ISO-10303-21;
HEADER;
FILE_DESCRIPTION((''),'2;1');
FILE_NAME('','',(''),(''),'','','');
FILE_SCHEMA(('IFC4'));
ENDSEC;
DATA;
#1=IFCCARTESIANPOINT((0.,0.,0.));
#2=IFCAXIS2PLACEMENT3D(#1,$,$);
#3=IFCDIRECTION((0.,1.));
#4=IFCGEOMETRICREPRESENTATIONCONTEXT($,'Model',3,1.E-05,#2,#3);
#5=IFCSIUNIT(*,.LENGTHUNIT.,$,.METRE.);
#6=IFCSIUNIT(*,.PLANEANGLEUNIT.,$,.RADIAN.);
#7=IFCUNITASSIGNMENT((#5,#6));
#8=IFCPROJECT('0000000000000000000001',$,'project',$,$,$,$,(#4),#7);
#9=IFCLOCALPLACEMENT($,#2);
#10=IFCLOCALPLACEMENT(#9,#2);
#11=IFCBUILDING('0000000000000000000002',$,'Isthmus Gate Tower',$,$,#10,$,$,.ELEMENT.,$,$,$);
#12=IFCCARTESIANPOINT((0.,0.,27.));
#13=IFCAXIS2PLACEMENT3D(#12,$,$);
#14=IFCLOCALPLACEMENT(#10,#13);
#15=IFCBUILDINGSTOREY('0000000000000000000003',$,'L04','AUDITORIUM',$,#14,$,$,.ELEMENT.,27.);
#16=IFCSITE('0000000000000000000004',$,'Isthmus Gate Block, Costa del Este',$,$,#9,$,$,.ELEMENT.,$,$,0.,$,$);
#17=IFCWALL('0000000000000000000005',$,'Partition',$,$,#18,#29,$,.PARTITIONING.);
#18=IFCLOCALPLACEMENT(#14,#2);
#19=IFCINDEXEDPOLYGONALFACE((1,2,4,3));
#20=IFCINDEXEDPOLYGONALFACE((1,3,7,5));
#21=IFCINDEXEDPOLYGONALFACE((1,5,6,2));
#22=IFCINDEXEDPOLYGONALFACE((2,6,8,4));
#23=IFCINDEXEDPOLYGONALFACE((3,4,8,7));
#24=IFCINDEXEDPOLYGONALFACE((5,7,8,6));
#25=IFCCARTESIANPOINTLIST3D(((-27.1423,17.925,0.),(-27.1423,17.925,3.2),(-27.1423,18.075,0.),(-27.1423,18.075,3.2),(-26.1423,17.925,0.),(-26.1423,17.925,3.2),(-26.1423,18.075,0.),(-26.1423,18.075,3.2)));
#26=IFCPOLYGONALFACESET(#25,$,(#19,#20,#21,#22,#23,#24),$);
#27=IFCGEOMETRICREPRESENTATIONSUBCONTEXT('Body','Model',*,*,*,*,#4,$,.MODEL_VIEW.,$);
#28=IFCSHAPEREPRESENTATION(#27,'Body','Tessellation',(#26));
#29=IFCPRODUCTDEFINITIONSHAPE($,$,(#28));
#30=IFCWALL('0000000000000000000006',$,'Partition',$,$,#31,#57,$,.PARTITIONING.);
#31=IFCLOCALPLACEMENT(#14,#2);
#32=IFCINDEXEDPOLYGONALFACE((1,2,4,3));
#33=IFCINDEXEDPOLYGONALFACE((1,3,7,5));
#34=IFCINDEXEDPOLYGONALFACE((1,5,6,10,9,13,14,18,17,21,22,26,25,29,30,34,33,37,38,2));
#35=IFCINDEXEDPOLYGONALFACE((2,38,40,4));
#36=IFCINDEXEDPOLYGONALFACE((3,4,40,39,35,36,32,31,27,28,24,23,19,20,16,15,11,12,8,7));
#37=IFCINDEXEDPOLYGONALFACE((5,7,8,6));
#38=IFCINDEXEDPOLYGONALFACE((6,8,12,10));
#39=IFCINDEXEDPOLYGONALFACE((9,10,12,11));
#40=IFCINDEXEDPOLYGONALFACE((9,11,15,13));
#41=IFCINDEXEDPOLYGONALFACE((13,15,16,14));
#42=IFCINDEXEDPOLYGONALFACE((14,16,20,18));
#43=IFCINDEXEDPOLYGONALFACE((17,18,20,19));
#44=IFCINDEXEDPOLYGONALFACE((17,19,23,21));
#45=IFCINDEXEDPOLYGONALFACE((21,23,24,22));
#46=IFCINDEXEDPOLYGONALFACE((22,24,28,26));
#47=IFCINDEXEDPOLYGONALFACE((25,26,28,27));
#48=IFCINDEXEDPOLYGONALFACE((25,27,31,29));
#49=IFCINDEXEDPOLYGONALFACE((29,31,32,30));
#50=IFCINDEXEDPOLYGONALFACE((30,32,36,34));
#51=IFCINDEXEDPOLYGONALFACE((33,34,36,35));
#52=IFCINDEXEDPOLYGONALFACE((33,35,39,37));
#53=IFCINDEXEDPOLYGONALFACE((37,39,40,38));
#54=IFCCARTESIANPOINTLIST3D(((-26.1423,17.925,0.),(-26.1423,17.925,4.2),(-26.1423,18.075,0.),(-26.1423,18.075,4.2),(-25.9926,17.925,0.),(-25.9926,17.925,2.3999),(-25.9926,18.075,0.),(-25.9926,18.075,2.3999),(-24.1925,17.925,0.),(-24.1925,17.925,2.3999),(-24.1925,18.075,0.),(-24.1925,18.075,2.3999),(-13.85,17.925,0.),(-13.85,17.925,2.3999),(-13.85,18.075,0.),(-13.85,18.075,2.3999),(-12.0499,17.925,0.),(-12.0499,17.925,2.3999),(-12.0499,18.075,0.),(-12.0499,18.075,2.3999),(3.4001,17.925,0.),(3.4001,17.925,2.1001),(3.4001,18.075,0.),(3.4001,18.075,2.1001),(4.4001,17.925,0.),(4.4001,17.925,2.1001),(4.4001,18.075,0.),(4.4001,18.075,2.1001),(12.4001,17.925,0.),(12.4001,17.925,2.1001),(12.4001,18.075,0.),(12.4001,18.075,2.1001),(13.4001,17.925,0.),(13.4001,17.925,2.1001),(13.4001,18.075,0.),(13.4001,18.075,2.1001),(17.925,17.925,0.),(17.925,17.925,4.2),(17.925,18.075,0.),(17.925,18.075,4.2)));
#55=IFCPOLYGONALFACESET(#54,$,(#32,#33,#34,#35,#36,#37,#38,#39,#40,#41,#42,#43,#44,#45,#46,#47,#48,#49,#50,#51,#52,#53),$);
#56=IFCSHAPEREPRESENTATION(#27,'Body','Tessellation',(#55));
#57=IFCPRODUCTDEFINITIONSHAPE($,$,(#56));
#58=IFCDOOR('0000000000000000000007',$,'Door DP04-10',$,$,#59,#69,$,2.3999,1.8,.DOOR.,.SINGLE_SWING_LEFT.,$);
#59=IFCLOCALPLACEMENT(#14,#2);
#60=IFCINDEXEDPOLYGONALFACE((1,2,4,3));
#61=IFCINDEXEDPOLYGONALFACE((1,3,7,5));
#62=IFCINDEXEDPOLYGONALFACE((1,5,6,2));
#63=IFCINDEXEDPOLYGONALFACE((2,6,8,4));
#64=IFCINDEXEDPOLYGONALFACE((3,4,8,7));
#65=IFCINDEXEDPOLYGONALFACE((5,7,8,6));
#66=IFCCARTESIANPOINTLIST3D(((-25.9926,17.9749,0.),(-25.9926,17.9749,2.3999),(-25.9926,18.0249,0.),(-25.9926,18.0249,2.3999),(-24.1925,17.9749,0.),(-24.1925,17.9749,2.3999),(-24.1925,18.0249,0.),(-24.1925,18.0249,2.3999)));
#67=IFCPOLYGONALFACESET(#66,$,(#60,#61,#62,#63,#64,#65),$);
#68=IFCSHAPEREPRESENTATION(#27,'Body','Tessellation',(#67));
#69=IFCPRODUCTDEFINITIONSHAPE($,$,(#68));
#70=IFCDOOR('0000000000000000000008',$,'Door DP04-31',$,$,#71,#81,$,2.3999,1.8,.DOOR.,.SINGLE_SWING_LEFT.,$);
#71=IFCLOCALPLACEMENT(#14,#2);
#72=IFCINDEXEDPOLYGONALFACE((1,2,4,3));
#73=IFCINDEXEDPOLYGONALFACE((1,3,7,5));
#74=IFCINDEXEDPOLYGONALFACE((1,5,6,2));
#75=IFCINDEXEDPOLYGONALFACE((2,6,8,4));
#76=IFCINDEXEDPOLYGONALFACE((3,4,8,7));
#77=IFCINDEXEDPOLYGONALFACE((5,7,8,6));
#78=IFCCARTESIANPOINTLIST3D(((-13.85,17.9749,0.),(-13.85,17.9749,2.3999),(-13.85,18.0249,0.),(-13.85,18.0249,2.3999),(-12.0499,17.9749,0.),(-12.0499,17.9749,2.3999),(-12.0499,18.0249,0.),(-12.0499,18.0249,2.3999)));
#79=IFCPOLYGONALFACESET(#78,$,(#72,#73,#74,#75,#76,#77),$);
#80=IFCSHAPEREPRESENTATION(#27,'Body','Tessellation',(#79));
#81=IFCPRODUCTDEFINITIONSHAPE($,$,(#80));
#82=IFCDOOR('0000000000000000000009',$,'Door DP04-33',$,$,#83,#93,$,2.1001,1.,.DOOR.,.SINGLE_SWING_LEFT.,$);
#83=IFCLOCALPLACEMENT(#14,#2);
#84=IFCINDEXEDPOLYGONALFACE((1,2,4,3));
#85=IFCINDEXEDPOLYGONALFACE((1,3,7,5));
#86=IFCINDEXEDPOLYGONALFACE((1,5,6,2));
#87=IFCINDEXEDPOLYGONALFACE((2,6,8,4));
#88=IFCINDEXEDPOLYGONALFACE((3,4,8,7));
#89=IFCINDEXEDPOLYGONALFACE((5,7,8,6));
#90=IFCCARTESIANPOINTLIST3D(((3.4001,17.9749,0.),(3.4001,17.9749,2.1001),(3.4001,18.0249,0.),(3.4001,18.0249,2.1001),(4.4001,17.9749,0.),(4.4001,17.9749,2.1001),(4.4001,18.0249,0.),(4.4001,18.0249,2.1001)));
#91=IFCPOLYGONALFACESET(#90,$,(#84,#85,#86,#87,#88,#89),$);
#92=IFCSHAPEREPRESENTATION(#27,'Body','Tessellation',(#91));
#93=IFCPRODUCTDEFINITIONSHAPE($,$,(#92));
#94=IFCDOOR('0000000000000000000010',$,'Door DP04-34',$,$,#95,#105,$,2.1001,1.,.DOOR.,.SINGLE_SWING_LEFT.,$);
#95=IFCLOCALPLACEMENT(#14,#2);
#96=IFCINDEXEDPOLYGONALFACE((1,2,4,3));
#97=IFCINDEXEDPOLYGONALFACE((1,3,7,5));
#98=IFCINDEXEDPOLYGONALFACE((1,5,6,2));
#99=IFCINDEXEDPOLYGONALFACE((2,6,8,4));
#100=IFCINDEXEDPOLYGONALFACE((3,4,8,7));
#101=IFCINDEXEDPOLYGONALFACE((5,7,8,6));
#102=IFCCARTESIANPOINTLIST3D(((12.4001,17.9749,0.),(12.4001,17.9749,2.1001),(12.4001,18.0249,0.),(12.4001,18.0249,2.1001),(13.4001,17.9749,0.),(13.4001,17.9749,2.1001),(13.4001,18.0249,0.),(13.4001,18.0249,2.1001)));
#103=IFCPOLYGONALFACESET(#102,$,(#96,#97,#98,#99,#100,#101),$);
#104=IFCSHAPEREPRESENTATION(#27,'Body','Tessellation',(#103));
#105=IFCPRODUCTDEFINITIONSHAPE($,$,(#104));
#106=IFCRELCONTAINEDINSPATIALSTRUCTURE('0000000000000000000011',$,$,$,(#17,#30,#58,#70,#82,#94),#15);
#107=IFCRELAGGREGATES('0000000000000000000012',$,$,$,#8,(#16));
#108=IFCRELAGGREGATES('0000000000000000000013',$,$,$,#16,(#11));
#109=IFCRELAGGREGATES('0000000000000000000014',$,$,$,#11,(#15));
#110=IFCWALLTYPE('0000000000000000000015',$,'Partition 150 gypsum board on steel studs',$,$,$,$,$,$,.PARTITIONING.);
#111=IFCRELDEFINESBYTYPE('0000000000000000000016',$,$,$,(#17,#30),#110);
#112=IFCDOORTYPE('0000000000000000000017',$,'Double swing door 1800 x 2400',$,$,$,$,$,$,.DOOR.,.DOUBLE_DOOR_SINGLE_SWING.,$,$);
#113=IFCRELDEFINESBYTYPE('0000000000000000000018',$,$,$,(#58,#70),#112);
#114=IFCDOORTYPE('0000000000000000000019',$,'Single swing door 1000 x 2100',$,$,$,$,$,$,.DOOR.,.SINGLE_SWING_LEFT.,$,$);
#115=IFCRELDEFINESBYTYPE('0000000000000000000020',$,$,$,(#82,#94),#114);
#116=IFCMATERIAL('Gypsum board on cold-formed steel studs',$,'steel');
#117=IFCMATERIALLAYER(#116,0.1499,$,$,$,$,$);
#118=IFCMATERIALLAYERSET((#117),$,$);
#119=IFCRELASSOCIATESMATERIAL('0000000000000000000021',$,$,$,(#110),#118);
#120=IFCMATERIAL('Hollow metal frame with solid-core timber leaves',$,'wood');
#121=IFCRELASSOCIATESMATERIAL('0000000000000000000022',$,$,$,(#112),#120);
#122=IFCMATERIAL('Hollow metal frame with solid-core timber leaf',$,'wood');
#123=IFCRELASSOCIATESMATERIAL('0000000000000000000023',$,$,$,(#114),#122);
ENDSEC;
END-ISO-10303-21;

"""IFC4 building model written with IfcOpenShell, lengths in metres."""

from ifc_helpers import new_model, si_unit, direction, frame, frame_2d, origin, place, context, subcontext, project, spatial, rectangle, extrude, material, layer, layer_set, type_object, element, fill, save


model = new_model("IFC4")

# Units and contexts
model_context = context("Model", 3, precision=1e-05, world=origin(), true_north=direction((0.0, 1.0)))
body_context = subcontext(model_context, "Body", "Model", "MODEL_VIEW")
ifc_project = project(units=[si_unit("LENGTHUNIT", "METRE"), si_unit("PLANEANGLEUNIT", "RADIAN")], contexts=[model_context])

# Site, building, storey
site_placement = place(None, origin())
site = spatial("IfcSite", under=ifc_project, at=site_placement, Name="Isthmus Gate Block, Costa del Este", CompositionType="ELEMENT", RefElevation=0.0)
building_placement = place(site_placement, origin())
building = spatial("IfcBuilding", under=site, at=building_placement, Name="Isthmus Gate Tower", CompositionType="ELEMENT")
storey_placement = place(building_placement, frame((0.0, 0.0, 27.0)))
storey = spatial("IfcBuildingStorey", under=building, at=storey_placement, Name="L04", Description="AUDITORIUM", CompositionType="ELEMENT", Elevation=27.0)

# Wall
ifc_material_1 = material(Name="Gypsum board on cold-formed steel studs", Category="steel")
ifc_layer_1 = layer(ifc_material_1, 0.1499)
ifc_layer_set_1 = layer_set([ifc_layer_1])
wall_type_1 = type_object("IfcWallType", Name="Partition 150 gypsum board on steel studs", PredefinedType="PARTITIONING", material=ifc_layer_set_1)
wall_1_placement = place(storey_placement, frame((-27.1423, 18.0, 0.0), z_axis=(0.0, 0.0, 1.0), x_axis=(1.0, 0.0, 0.0)))
element("IfcWall", 1, at=wall_1_placement, inside=storey, type_object=wall_type_1, Name="Partition", PredefinedType="PARTITIONING", context=body_context, shape_type="SweptSolid", body=[
    extrude(rectangle(XDim=1.0, YDim=0.1499, at=frame_2d((0.5, 0.0))), origin(), (0.0, 0.0, 1.0), 3.2),
])

# Wall, openings, doors
wall_2_placement = place(storey_placement, frame((-26.1423, 18.0, 0.0), z_axis=(0.0, 0.0, 1.0), x_axis=(1.0, 0.0, 0.0)))
wall_2 = element("IfcWall", 2, at=wall_2_placement, inside=storey, type_object=wall_type_1, Name="Partition", PredefinedType="PARTITIONING", context=body_context, shape_type="SweptSolid", body=[
    extrude(rectangle(XDim=44.0674, YDim=0.1499, at=frame_2d((22.0337, 0.0))), origin(), (0.0, 0.0, 1.0), 4.2),
])
opening_1_placement = place(wall_2_placement, frame((0.1499, 0.0, 0.0)))
opening_1 = element("IfcOpeningElement", 3, at=opening_1_placement, cuts=wall_2, PredefinedType="OPENING", context=body_context, shape_type="SweptSolid", body=[
    extrude(rectangle(XDim=1.8, YDim=2.3999, at=frame_2d((0.8999, 1.2))), frame((0.0, 0.085, 0.0), z_axis=(0.0, -1.0, 0.0), x_axis=(1.0, 0.0, 0.0)), (0.0, 0.0, 1.0), 0.1699),
])
opening_2_placement = place(wall_2_placement, frame((12.2925, 0.0, 0.0)))
opening_2 = element("IfcOpeningElement", 4, at=opening_2_placement, cuts=wall_2, PredefinedType="OPENING", context=body_context, shape_type="SweptSolid", body=[
    extrude(rectangle(XDim=1.8, YDim=2.3999, at=frame_2d((0.8999, 1.2))), frame((0.0, 0.085, 0.0), z_axis=(0.0, -1.0, 0.0), x_axis=(1.0, 0.0, 0.0)), (0.0, 0.0, 1.0), 0.1699),
])
opening_3_placement = place(wall_2_placement, frame((29.5425, 0.0, 0.0)))
opening_3 = element("IfcOpeningElement", 5, at=opening_3_placement, cuts=wall_2, PredefinedType="OPENING", context=body_context, shape_type="SweptSolid", body=[
    extrude(rectangle(XDim=1.0, YDim=2.1001, at=frame_2d((0.5, 1.05))), frame((0.0, 0.085, 0.0), z_axis=(0.0, -1.0, 0.0), x_axis=(1.0, 0.0, 0.0)), (0.0, 0.0, 1.0), 0.1699),
])
opening_4_placement = place(wall_2_placement, frame((38.5425, 0.0, 0.0)))
opening_4 = element("IfcOpeningElement", 6, at=opening_4_placement, cuts=wall_2, PredefinedType="OPENING", context=body_context, shape_type="SweptSolid", body=[
    extrude(rectangle(XDim=1.0, YDim=2.1001, at=frame_2d((0.5, 1.05))), frame((0.0, 0.085, 0.0), z_axis=(0.0, -1.0, 0.0), x_axis=(1.0, 0.0, 0.0)), (0.0, 0.0, 1.0), 0.1699),
])
ifc_material_2 = material(Name="Hollow metal frame with solid-core timber leaves", Category="wood")
door_type_1 = type_object("IfcDoorType", Name="Double swing door 1800 x 2400", OperationType="DOUBLE_DOOR_SINGLE_SWING", PredefinedType="DOOR", material=ifc_material_2)
door_1_placement = place(opening_1_placement, origin())
door_1 = element("IfcDoor", 7, at=door_1_placement, inside=storey, type_object=door_type_1, Name="Door DP04-10", OperationType="SINGLE_SWING_LEFT", OverallHeight=2.3999, OverallWidth=1.8, PredefinedType="DOOR", context=body_context, shape_type="SweptSolid", body=[
    extrude(rectangle(XDim=1.8, YDim=2.3999, at=frame_2d((0.8999, 1.2))), frame((0.0, 0.0249, 0.0), z_axis=(0.0, -1.0, 0.0), x_axis=(1.0, 0.0, 0.0)), (0.0, 0.0, 1.0), 0.05),
])
fill(opening_1, door_1)
door_2_placement = place(opening_2_placement, origin())
door_2 = element("IfcDoor", 8, at=door_2_placement, inside=storey, type_object=door_type_1, Name="Door DP04-31", OperationType="SINGLE_SWING_LEFT", OverallHeight=2.3999, OverallWidth=1.8, PredefinedType="DOOR", context=body_context, shape_type="SweptSolid", body=[
    extrude(rectangle(XDim=1.8, YDim=2.3999, at=frame_2d((0.8999, 1.2))), frame((0.0, 0.0249, 0.0), z_axis=(0.0, -1.0, 0.0), x_axis=(1.0, 0.0, 0.0)), (0.0, 0.0, 1.0), 0.05),
])
fill(opening_2, door_2)
ifc_material_3 = material(Name="Hollow metal frame with solid-core timber leaf", Category="wood")
door_type_2 = type_object("IfcDoorType", Name="Single swing door 1000 x 2100", OperationType="SINGLE_SWING_LEFT", PredefinedType="DOOR", material=ifc_material_3)
door_3_placement = place(opening_3_placement, origin())
door_3 = element("IfcDoor", 9, at=door_3_placement, inside=storey, type_object=door_type_2, Name="Door DP04-33", OperationType="SINGLE_SWING_LEFT", OverallHeight=2.1001, OverallWidth=1.0, PredefinedType="DOOR", context=body_context, shape_type="SweptSolid", body=[
    extrude(rectangle(XDim=1.0, YDim=2.1001, at=frame_2d((0.5, 1.05))), frame((0.0, 0.0249, 0.0), z_axis=(0.0, -1.0, 0.0), x_axis=(1.0, 0.0, 0.0)), (0.0, 0.0, 1.0), 0.05),
])
fill(opening_3, door_3)
door_4_placement = place(opening_4_placement, origin())
door_4 = element("IfcDoor", 10, at=door_4_placement, inside=storey, type_object=door_type_2, Name="Door DP04-34", OperationType="SINGLE_SWING_LEFT", OverallHeight=2.1001, OverallWidth=1.0, PredefinedType="DOOR", context=body_context, shape_type="SweptSolid", body=[
    extrude(rectangle(XDim=1.0, YDim=2.1001, at=frame_2d((0.5, 1.05))), frame((0.0, 0.0249, 0.0), z_axis=(0.0, -1.0, 0.0), x_axis=(1.0, 0.0, 0.0)), (0.0, 0.0, 1.0), 0.05),
])
fill(opening_4, door_4)

save(model, "model.ifc")
